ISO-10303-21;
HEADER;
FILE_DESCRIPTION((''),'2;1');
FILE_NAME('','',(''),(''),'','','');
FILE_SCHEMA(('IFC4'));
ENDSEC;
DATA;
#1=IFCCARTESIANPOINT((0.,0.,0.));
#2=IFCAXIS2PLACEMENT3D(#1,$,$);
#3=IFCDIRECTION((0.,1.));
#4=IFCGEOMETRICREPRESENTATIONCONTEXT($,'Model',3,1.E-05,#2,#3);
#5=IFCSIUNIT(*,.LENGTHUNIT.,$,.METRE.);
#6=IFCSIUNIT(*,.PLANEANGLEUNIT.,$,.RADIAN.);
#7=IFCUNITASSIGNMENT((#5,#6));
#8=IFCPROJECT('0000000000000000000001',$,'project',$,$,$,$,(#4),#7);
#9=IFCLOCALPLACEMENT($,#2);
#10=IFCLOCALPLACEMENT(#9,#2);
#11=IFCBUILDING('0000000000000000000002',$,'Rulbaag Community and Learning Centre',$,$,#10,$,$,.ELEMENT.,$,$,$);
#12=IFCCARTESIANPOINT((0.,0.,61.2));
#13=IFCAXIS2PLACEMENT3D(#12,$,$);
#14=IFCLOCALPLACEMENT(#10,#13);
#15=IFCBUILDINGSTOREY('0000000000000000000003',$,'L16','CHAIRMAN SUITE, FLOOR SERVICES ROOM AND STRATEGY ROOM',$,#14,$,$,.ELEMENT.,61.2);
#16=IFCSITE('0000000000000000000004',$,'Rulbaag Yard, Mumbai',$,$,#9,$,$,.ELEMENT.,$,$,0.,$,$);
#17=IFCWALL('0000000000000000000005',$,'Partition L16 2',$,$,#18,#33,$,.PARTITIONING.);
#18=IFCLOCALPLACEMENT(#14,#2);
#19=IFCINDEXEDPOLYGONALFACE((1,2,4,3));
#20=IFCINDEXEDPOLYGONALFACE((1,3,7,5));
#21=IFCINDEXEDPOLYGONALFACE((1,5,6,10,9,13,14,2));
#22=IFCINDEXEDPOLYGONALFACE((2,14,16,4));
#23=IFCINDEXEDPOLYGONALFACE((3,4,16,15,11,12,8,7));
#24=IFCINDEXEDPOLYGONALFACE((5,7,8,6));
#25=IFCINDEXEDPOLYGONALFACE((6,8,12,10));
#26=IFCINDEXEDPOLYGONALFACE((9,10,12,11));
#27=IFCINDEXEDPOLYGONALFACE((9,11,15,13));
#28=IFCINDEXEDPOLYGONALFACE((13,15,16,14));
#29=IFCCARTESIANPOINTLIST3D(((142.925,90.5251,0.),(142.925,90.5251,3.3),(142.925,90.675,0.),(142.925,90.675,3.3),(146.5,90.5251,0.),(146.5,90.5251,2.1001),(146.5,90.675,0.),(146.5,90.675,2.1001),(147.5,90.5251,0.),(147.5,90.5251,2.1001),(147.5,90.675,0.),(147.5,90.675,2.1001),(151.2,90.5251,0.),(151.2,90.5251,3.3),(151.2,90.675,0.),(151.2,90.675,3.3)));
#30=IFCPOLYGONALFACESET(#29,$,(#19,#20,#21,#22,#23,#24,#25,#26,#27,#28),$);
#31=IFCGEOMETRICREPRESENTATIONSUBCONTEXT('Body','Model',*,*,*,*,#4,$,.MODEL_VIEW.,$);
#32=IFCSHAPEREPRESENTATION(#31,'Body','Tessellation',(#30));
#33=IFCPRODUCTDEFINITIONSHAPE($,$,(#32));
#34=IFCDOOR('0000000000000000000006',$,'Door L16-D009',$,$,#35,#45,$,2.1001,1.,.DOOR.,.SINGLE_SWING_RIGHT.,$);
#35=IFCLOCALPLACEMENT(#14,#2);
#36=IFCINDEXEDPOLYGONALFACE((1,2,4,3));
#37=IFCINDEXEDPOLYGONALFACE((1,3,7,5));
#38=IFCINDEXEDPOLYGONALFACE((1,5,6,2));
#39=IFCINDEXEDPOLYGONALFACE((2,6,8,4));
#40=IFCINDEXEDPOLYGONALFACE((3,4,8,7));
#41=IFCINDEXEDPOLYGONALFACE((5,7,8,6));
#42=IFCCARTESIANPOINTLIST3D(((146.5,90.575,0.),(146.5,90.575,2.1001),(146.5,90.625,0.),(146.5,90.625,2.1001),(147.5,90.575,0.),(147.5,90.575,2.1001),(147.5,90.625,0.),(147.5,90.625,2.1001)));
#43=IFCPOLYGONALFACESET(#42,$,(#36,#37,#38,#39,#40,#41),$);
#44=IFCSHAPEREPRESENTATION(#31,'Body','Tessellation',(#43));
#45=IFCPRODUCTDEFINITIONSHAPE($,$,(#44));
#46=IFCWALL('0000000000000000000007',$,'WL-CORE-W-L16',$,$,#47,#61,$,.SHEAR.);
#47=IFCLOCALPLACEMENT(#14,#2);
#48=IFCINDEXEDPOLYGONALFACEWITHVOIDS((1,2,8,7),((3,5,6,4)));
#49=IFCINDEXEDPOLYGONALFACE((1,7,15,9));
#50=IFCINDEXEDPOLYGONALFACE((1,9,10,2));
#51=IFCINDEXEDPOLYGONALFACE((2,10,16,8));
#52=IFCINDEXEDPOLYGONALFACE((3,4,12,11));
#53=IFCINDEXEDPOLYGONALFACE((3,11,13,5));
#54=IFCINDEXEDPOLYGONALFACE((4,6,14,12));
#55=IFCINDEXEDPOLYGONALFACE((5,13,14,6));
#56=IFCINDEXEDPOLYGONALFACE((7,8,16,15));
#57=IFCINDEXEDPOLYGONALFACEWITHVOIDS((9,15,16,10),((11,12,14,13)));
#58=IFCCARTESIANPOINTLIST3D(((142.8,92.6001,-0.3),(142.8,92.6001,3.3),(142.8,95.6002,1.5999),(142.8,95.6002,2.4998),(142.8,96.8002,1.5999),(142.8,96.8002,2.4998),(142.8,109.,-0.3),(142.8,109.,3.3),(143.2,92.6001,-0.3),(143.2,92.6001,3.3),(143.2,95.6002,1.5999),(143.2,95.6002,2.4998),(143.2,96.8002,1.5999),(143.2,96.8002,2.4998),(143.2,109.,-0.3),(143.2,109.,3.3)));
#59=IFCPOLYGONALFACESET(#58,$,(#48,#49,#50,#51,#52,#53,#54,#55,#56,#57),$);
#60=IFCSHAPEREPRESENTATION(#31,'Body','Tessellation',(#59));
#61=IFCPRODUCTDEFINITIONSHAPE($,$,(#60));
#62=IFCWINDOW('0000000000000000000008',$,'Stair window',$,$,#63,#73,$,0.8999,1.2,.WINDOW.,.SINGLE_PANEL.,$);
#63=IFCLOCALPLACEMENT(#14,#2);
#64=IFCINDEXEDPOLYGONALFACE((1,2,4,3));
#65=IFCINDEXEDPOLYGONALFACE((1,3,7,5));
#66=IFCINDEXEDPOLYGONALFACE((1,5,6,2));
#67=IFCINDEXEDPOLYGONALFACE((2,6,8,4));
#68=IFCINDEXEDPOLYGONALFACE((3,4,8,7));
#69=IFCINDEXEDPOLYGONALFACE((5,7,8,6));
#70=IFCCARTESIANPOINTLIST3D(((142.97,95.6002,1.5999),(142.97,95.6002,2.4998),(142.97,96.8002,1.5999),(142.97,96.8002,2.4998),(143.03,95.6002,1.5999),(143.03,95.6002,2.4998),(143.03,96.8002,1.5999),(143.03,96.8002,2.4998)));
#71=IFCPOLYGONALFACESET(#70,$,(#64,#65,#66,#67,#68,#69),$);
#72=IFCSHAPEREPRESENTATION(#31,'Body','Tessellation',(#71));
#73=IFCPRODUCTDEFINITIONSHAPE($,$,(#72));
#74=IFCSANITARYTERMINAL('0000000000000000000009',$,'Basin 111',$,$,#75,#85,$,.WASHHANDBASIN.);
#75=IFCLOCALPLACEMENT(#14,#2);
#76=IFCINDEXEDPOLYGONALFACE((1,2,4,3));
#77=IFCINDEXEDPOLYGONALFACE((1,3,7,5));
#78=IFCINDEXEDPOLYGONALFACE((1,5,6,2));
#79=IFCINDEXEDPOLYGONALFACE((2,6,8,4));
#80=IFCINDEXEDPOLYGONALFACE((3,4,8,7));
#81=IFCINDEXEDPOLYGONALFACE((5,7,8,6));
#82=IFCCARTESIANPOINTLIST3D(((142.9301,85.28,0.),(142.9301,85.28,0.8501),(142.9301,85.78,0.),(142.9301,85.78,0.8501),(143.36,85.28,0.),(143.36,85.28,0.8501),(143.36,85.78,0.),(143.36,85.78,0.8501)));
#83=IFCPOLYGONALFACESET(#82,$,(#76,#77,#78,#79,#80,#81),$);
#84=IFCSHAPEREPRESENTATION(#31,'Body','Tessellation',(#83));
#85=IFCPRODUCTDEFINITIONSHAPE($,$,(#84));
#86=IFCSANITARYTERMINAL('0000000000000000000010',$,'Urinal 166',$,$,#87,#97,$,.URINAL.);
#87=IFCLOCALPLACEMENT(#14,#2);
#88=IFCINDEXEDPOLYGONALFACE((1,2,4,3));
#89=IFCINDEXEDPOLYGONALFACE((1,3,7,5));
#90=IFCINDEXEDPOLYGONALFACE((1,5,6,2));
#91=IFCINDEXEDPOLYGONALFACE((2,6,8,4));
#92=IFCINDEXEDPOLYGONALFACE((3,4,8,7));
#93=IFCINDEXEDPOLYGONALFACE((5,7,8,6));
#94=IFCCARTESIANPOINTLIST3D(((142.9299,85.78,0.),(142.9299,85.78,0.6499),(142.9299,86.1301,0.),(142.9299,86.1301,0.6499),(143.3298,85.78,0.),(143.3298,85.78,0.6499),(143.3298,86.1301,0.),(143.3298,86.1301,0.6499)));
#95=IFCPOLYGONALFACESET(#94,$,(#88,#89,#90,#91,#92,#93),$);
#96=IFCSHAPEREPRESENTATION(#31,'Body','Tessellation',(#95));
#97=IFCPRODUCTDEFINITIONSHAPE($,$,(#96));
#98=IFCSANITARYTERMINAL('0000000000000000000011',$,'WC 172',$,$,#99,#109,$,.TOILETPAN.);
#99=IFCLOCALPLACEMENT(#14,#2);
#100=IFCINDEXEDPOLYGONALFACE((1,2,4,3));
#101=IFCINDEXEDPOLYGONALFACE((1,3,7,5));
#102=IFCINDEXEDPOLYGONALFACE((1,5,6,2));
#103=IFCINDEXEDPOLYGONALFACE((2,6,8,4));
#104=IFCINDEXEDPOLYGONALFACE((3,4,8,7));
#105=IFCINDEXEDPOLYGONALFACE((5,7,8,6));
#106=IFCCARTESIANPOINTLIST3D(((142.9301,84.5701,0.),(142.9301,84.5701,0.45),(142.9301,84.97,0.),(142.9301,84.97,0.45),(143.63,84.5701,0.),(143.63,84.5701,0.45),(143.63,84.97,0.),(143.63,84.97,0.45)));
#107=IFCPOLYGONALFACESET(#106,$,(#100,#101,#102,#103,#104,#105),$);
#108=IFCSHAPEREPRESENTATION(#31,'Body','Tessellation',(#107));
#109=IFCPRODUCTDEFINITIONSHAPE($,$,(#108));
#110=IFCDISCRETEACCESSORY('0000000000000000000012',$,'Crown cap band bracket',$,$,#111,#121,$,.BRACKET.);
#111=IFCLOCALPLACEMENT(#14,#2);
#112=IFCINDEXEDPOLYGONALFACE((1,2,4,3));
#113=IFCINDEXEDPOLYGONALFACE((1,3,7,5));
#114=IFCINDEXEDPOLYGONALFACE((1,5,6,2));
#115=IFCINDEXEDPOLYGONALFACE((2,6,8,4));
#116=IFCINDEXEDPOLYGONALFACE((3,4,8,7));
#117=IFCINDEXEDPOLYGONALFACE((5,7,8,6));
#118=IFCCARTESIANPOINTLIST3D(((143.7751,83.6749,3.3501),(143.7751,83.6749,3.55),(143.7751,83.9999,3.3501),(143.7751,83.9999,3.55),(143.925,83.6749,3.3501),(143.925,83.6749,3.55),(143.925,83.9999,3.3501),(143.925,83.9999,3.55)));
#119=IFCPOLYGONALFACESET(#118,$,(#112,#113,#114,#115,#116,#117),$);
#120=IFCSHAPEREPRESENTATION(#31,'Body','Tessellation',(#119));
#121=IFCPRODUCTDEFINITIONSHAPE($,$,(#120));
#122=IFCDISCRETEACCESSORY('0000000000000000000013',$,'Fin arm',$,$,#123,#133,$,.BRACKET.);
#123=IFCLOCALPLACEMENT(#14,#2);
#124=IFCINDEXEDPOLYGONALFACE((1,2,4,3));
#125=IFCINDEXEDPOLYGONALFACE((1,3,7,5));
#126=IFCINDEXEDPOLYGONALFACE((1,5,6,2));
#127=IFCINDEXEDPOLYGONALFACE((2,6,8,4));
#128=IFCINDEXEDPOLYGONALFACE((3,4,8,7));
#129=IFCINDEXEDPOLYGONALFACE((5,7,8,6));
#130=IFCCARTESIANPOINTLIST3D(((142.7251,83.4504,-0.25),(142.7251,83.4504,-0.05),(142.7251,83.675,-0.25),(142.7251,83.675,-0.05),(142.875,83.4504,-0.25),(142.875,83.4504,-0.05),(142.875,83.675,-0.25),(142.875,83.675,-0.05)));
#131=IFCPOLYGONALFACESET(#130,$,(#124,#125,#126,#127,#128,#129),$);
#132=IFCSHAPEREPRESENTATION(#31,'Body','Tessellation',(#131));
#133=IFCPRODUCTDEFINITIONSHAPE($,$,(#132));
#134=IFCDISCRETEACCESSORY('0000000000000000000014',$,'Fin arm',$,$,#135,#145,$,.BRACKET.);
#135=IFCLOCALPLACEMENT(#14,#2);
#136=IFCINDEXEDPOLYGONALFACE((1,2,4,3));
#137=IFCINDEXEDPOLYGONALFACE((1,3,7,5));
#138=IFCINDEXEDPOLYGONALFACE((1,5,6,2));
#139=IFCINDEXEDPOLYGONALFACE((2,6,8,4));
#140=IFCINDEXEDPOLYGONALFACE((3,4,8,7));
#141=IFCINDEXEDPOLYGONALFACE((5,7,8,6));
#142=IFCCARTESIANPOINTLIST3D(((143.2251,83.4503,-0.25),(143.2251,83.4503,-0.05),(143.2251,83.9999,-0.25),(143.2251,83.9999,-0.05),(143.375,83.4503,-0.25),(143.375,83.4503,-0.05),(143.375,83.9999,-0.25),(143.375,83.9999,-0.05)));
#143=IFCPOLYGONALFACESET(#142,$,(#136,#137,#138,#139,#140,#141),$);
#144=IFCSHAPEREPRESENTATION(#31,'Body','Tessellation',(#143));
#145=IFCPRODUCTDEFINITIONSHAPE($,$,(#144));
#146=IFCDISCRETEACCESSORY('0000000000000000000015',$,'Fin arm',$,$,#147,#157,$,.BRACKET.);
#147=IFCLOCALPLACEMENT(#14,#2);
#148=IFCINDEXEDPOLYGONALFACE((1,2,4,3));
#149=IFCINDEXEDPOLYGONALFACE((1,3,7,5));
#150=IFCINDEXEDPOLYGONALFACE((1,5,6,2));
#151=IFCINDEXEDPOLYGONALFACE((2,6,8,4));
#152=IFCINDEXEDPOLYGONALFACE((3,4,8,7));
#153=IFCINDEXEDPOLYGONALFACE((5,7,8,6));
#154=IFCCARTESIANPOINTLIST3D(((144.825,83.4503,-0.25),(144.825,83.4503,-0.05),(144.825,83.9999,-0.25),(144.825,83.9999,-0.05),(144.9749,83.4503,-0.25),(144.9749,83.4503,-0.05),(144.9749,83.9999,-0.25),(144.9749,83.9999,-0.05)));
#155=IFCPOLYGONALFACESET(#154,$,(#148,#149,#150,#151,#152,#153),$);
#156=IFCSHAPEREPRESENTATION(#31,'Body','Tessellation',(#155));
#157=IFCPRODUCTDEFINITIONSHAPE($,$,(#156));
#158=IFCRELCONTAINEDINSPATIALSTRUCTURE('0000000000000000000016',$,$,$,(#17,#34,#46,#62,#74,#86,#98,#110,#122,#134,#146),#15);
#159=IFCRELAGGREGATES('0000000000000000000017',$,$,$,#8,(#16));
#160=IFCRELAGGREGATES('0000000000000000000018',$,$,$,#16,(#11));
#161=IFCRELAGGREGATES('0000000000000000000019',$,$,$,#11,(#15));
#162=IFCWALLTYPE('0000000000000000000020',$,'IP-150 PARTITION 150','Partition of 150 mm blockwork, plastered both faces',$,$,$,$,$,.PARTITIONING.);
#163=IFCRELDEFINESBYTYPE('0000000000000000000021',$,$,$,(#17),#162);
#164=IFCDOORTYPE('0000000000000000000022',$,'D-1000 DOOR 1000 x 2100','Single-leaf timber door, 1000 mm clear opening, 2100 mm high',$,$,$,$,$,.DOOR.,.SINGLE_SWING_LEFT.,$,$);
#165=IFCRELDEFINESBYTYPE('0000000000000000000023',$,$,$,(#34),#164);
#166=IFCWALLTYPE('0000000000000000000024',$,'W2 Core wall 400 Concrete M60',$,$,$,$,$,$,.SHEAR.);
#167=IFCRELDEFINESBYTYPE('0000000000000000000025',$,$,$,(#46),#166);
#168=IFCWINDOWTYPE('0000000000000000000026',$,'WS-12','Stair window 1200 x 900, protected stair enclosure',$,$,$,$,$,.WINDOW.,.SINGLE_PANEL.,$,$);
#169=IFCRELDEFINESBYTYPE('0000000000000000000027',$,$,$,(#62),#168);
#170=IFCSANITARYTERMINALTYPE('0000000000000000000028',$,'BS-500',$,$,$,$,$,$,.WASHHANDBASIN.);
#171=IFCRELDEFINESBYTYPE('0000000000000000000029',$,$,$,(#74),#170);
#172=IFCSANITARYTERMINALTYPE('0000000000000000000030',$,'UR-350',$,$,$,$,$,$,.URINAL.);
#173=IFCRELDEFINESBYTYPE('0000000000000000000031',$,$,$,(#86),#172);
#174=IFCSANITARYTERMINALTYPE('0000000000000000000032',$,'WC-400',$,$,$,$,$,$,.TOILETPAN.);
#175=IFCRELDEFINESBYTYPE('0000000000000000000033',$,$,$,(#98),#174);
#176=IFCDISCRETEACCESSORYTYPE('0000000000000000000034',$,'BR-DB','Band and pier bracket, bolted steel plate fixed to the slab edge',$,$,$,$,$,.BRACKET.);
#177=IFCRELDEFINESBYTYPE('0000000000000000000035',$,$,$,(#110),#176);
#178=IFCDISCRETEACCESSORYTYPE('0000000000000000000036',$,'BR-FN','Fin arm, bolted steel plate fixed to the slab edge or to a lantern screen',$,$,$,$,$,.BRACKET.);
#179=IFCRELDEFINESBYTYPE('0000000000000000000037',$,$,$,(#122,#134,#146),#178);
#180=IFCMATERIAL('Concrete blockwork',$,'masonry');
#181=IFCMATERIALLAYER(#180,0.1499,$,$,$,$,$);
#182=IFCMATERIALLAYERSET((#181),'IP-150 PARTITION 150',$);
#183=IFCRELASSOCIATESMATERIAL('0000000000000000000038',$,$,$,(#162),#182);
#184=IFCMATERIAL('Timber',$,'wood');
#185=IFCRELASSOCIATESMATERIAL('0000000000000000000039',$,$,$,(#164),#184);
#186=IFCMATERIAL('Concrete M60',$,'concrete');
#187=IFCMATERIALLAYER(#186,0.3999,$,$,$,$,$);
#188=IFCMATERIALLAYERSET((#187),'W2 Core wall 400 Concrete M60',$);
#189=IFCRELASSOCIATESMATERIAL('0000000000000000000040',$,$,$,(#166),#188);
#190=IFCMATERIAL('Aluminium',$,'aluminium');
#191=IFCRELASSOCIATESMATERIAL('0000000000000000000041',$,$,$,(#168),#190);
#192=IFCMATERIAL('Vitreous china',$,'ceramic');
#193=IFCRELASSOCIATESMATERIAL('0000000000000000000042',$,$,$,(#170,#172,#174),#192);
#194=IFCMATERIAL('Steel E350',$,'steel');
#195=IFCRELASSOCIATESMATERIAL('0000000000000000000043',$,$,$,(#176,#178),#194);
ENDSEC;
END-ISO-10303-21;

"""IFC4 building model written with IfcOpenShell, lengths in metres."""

from ifc_helpers import new_model, si_unit, direction, frame, frame_2d, origin, origin_2d, place, context, subcontext, project, spatial, rectangle, extrude, material, layer, layer_set, type_object, element, fill, save


model = new_model("IFC4")

# Units and contexts
model_context = context("Model", 3, precision=1e-05, world=origin(), true_north=direction((0.0, 1.0)))
body_context = subcontext(model_context, "Body", "Model", "MODEL_VIEW")
ifc_project = project(units=[si_unit("LENGTHUNIT", "METRE"), si_unit("PLANEANGLEUNIT", "RADIAN")], contexts=[model_context])

# Site, building, storey
site_placement = place(None, origin())
site = spatial("IfcSite", under=ifc_project, at=site_placement, Name="Rulbaag Yard, Mumbai", CompositionType="ELEMENT", RefElevation=0.0)
building_placement = place(site_placement, origin())
building = spatial("IfcBuilding", under=site, at=building_placement, Name="Rulbaag Community and Learning Centre", CompositionType="ELEMENT")
storey_placement = place(building_placement, frame((0.0, 0.0, 61.2)))
storey = spatial("IfcBuildingStorey", under=building, at=storey_placement, Name="L16", Description="CHAIRMAN SUITE, FLOOR SERVICES ROOM AND STRATEGY ROOM", CompositionType="ELEMENT", Elevation=61.2)

# Shared definitions
ifc_material_1 = material(Name="Concrete blockwork", Category="masonry")
ifc_layer_1 = layer(ifc_material_1, 0.1499)
ifc_layer_set_1 = layer_set([ifc_layer_1], Name="IP-150 PARTITION 150")
wall_type_1 = type_object("IfcWallType", Name="IP-150 PARTITION 150", Description="Partition of 150 mm blockwork, plastered both faces", PredefinedType="PARTITIONING", material=ifc_layer_set_1)
ifc_material_2 = material(Name="Timber", Category="wood")

# Wall, opening, door
wall_1_placement = place(storey_placement, frame((142.925, 90.6001, 0.0), z_axis=(0.0, 0.0, 1.0), x_axis=(1.0, 0.0, 0.0)))
wall_1 = element("IfcWall", 1, at=wall_1_placement, inside=storey, type_object=wall_type_1, Name="Partition L16 2", PredefinedType="PARTITIONING", context=body_context, shape_type="SweptSolid", body=[
    extrude(rectangle(XDim=8.2749, YDim=0.1499, at=frame_2d((4.1375, 0.0))), origin(), (0.0, 0.0, 1.0), 3.3),
])
opening_1_placement = place(wall_1_placement, frame((3.575, 0.0, 0.0)))
opening_1 = element("IfcOpeningElement", 2, at=opening_1_placement, cuts=wall_1, PredefinedType="OPENING", context=body_context, shape_type="SweptSolid", body=[
    extrude(rectangle(XDim=1.0, YDim=2.1001, at=frame_2d((0.5, 1.05))), frame((0.0, 0.085, 0.0), z_axis=(0.0, -1.0, 0.0), x_axis=(1.0, 0.0, 0.0)), (0.0, 0.0, 1.0), 0.1699),
])
door_type_1 = type_object("IfcDoorType", Name="D-1000 DOOR 1000 x 2100", Description="Single-leaf timber door, 1000 mm clear opening, 2100 mm high", OperationType="SINGLE_SWING_LEFT", PredefinedType="DOOR", material=ifc_material_2)
door_1_placement = place(opening_1_placement, origin())
door_1 = element("IfcDoor", 3, at=door_1_placement, inside=storey, type_object=door_type_1, Name="Door L16-D009", OperationType="SINGLE_SWING_RIGHT", OverallHeight=2.1001, OverallWidth=1.0, PredefinedType="DOOR", context=body_context, shape_type="SweptSolid", body=[
    extrude(rectangle(XDim=1.0, YDim=2.1001, at=frame_2d((0.5, 1.05))), frame((0.0, 0.0249, 0.0), z_axis=(0.0, -1.0, 0.0), x_axis=(1.0, 0.0, 0.0)), (0.0, 0.0, 1.0), 0.05),
])
fill(opening_1, door_1)

# Wall, opening, window
ifc_material_3 = material(Name="Concrete M60", Category="concrete")
ifc_layer_2 = layer(ifc_material_3, 0.3999)
ifc_layer_set_2 = layer_set([ifc_layer_2], Name="W2 Core wall 400 Concrete M60")
wall_type_2 = type_object("IfcWallType", Name="W2 Core wall 400 Concrete M60", PredefinedType="SHEAR", material=ifc_layer_set_2)
wall_2_placement = place(storey_placement, frame((143.0, 92.6001, -0.3), z_axis=(0.0, 0.0, 1.0), x_axis=(0.0, 1.0, 0.0)))
wall_2 = element("IfcWall", 4, at=wall_2_placement, inside=storey, type_object=wall_type_2, Name="WL-CORE-W-L16", PredefinedType="SHEAR", context=body_context, shape_type="SweptSolid", body=[
    extrude(rectangle(XDim=16.3999, YDim=0.3999, at=frame_2d((8.2, 0.0))), origin(), (0.0, 0.0, 1.0), 3.6001),
])
opening_2_placement = place(wall_2_placement, frame((3.0, 0.0, 1.8999)))
opening_2 = element("IfcOpeningElement", 5, at=opening_2_placement, cuts=wall_2, PredefinedType="OPENING", context=body_context, shape_type="SweptSolid", body=[
    extrude(rectangle(XDim=1.2, YDim=0.8999, at=frame_2d((0.6001, 0.45))), frame((0.0, 0.21, 0.0), z_axis=(0.0, -1.0, 0.0), x_axis=(1.0, 0.0, 0.0)), (0.0, 0.0, 1.0), 0.4199),
])
ifc_material_4 = material(Name="Aluminium", Category="aluminium")
window_type = type_object("IfcWindowType", Name="WS-12", Description="Stair window 1200 x 900, protected stair enclosure", PartitioningType="SINGLE_PANEL", PredefinedType="WINDOW", material=ifc_material_4)
window_placement = place(opening_2_placement, origin())
window = element("IfcWindow", 6, at=window_placement, inside=storey, type_object=window_type, Name="Stair window", OverallHeight=0.8999, OverallWidth=1.2, PartitioningType="SINGLE_PANEL", PredefinedType="WINDOW", context=body_context, shape_type="SweptSolid", body=[
    extrude(rectangle(XDim=1.2, YDim=0.8999, at=frame_2d((0.6001, 0.45))), frame((0.0, 0.03, 0.0), z_axis=(0.0, -1.0, 0.0), x_axis=(1.0, 0.0, 0.0)), (0.0, 0.0, 1.0), 0.0601),
])
fill(opening_2, window)

# Sanitary terminals
ifc_material_5 = material(Name="Vitreous china", Category="ceramic")
sanitary_terminal_type_1 = type_object("IfcSanitaryTerminalType", Name="BS-500", PredefinedType="WASHHANDBASIN", material=ifc_material_5)
sanitary_terminal_1_placement = place(storey_placement, frame((143.145, 85.53, 0.0), z_axis=(0.0, 0.0, 1.0), x_axis=(1.0, 0.0, 0.0)))
element("IfcSanitaryTerminal", 7, at=sanitary_terminal_1_placement, inside=storey, type_object=sanitary_terminal_type_1, Name="Basin 111", PredefinedType="WASHHANDBASIN", context=body_context, shape_type="SweptSolid", body=[
    extrude(rectangle(XDim=0.4299, YDim=0.5, at=origin_2d()), origin(), (0.0, 0.0, 1.0), 0.8501),
])
sanitary_terminal_type_2 = type_object("IfcSanitaryTerminalType", Name="UR-350", PredefinedType="URINAL", material=ifc_material_5)
sanitary_terminal_2_placement = place(storey_placement, frame((143.1299, 85.9551, 0.0), z_axis=(0.0, 0.0, 1.0), x_axis=(1.0, 0.0, 0.0)))
element("IfcSanitaryTerminal", 8, at=sanitary_terminal_2_placement, inside=storey, type_object=sanitary_terminal_type_2, Name="Urinal 166", PredefinedType="URINAL", context=body_context, shape_type="SweptSolid", body=[
    extrude(rectangle(XDim=0.3999, YDim=0.3501, at=origin_2d()), origin(), (0.0, 0.0, 1.0), 0.6499),
])
sanitary_terminal_type_3 = type_object("IfcSanitaryTerminalType", Name="WC-400", PredefinedType="TOILETPAN", material=ifc_material_5)
sanitary_terminal_3_placement = place(storey_placement, frame((143.28, 84.77, 0.0), z_axis=(0.0, 0.0, 1.0), x_axis=(1.0, 0.0, 0.0)))
element("IfcSanitaryTerminal", 9, at=sanitary_terminal_3_placement, inside=storey, type_object=sanitary_terminal_type_3, Name="WC 172", PredefinedType="TOILETPAN", context=body_context, shape_type="SweptSolid", body=[
    extrude(rectangle(XDim=0.7, YDim=0.3999, at=origin_2d()), origin(), (0.0, 0.0, 1.0), 0.45),
])

# Discrete accessories
ifc_material_6 = material(Name="Steel E350", Category="steel")
discrete_accessory_type_1 = type_object("IfcDiscreteAccessoryType", Name="BR-DB", Description="Band and pier bracket, bolted steel plate fixed to the slab edge", PredefinedType="BRACKET", material=ifc_material_6)
discrete_accessory_1_placement = place(storey_placement, frame((143.8501, 83.8374, 3.3501), z_axis=(0.0, 0.0, 1.0), x_axis=(1.0, 0.0, 0.0)))
element("IfcDiscreteAccessory", 10, at=discrete_accessory_1_placement, inside=storey, type_object=discrete_accessory_type_1, Name="Crown cap band bracket", PredefinedType="BRACKET", context=body_context, shape_type="SweptSolid", body=[
    extrude(rectangle(XDim=0.1499, YDim=0.325, at=origin_2d()), origin(), (0.0, 0.0, 1.0), 0.2),
])
discrete_accessory_type_2 = type_object("IfcDiscreteAccessoryType", Name="BR-FN", Description="Fin arm, bolted steel plate fixed to the slab edge or to a lantern screen", PredefinedType="BRACKET", material=ifc_material_6)
discrete_accessory_2_placement = place(storey_placement, frame((142.8, 83.5627, -0.25), z_axis=(0.0, 0.0, 1.0), x_axis=(1.0, 0.0, 0.0)))
element("IfcDiscreteAccessory", 11, at=discrete_accessory_2_placement, inside=storey, type_object=discrete_accessory_type_2, Name="Fin arm", PredefinedType="BRACKET", context=body_context, shape_type="SweptSolid", body=[
    extrude(rectangle(XDim=0.1499, YDim=0.2246, at=origin_2d()), origin(), (0.0, 0.0, 1.0), 0.2),
])
for number, where, z_axis, x_axis, name in (
    (12, (143.3, 83.7251, -0.25), (0.0, 0.0, 1.0), (1.0, 0.0, 0.0), "Fin arm"),
    (13, (144.8999, 83.7251, -0.25), (0.0, 0.0, 1.0), (1.0, 0.0, 0.0), "Fin arm"),
):
    element("IfcDiscreteAccessory", number, at=place(storey_placement, frame(where, z_axis=z_axis, x_axis=x_axis)), inside=storey, type_object=discrete_accessory_type_2, Name=name, PredefinedType="BRACKET", context=body_context, shape_type="SweptSolid", body=[
        extrude(rectangle(XDim=0.1499, YDim=0.5496, at=origin_2d()), origin(), (0.0, 0.0, 1.0), 0.2),
    ])

save(model, "model.ifc")
